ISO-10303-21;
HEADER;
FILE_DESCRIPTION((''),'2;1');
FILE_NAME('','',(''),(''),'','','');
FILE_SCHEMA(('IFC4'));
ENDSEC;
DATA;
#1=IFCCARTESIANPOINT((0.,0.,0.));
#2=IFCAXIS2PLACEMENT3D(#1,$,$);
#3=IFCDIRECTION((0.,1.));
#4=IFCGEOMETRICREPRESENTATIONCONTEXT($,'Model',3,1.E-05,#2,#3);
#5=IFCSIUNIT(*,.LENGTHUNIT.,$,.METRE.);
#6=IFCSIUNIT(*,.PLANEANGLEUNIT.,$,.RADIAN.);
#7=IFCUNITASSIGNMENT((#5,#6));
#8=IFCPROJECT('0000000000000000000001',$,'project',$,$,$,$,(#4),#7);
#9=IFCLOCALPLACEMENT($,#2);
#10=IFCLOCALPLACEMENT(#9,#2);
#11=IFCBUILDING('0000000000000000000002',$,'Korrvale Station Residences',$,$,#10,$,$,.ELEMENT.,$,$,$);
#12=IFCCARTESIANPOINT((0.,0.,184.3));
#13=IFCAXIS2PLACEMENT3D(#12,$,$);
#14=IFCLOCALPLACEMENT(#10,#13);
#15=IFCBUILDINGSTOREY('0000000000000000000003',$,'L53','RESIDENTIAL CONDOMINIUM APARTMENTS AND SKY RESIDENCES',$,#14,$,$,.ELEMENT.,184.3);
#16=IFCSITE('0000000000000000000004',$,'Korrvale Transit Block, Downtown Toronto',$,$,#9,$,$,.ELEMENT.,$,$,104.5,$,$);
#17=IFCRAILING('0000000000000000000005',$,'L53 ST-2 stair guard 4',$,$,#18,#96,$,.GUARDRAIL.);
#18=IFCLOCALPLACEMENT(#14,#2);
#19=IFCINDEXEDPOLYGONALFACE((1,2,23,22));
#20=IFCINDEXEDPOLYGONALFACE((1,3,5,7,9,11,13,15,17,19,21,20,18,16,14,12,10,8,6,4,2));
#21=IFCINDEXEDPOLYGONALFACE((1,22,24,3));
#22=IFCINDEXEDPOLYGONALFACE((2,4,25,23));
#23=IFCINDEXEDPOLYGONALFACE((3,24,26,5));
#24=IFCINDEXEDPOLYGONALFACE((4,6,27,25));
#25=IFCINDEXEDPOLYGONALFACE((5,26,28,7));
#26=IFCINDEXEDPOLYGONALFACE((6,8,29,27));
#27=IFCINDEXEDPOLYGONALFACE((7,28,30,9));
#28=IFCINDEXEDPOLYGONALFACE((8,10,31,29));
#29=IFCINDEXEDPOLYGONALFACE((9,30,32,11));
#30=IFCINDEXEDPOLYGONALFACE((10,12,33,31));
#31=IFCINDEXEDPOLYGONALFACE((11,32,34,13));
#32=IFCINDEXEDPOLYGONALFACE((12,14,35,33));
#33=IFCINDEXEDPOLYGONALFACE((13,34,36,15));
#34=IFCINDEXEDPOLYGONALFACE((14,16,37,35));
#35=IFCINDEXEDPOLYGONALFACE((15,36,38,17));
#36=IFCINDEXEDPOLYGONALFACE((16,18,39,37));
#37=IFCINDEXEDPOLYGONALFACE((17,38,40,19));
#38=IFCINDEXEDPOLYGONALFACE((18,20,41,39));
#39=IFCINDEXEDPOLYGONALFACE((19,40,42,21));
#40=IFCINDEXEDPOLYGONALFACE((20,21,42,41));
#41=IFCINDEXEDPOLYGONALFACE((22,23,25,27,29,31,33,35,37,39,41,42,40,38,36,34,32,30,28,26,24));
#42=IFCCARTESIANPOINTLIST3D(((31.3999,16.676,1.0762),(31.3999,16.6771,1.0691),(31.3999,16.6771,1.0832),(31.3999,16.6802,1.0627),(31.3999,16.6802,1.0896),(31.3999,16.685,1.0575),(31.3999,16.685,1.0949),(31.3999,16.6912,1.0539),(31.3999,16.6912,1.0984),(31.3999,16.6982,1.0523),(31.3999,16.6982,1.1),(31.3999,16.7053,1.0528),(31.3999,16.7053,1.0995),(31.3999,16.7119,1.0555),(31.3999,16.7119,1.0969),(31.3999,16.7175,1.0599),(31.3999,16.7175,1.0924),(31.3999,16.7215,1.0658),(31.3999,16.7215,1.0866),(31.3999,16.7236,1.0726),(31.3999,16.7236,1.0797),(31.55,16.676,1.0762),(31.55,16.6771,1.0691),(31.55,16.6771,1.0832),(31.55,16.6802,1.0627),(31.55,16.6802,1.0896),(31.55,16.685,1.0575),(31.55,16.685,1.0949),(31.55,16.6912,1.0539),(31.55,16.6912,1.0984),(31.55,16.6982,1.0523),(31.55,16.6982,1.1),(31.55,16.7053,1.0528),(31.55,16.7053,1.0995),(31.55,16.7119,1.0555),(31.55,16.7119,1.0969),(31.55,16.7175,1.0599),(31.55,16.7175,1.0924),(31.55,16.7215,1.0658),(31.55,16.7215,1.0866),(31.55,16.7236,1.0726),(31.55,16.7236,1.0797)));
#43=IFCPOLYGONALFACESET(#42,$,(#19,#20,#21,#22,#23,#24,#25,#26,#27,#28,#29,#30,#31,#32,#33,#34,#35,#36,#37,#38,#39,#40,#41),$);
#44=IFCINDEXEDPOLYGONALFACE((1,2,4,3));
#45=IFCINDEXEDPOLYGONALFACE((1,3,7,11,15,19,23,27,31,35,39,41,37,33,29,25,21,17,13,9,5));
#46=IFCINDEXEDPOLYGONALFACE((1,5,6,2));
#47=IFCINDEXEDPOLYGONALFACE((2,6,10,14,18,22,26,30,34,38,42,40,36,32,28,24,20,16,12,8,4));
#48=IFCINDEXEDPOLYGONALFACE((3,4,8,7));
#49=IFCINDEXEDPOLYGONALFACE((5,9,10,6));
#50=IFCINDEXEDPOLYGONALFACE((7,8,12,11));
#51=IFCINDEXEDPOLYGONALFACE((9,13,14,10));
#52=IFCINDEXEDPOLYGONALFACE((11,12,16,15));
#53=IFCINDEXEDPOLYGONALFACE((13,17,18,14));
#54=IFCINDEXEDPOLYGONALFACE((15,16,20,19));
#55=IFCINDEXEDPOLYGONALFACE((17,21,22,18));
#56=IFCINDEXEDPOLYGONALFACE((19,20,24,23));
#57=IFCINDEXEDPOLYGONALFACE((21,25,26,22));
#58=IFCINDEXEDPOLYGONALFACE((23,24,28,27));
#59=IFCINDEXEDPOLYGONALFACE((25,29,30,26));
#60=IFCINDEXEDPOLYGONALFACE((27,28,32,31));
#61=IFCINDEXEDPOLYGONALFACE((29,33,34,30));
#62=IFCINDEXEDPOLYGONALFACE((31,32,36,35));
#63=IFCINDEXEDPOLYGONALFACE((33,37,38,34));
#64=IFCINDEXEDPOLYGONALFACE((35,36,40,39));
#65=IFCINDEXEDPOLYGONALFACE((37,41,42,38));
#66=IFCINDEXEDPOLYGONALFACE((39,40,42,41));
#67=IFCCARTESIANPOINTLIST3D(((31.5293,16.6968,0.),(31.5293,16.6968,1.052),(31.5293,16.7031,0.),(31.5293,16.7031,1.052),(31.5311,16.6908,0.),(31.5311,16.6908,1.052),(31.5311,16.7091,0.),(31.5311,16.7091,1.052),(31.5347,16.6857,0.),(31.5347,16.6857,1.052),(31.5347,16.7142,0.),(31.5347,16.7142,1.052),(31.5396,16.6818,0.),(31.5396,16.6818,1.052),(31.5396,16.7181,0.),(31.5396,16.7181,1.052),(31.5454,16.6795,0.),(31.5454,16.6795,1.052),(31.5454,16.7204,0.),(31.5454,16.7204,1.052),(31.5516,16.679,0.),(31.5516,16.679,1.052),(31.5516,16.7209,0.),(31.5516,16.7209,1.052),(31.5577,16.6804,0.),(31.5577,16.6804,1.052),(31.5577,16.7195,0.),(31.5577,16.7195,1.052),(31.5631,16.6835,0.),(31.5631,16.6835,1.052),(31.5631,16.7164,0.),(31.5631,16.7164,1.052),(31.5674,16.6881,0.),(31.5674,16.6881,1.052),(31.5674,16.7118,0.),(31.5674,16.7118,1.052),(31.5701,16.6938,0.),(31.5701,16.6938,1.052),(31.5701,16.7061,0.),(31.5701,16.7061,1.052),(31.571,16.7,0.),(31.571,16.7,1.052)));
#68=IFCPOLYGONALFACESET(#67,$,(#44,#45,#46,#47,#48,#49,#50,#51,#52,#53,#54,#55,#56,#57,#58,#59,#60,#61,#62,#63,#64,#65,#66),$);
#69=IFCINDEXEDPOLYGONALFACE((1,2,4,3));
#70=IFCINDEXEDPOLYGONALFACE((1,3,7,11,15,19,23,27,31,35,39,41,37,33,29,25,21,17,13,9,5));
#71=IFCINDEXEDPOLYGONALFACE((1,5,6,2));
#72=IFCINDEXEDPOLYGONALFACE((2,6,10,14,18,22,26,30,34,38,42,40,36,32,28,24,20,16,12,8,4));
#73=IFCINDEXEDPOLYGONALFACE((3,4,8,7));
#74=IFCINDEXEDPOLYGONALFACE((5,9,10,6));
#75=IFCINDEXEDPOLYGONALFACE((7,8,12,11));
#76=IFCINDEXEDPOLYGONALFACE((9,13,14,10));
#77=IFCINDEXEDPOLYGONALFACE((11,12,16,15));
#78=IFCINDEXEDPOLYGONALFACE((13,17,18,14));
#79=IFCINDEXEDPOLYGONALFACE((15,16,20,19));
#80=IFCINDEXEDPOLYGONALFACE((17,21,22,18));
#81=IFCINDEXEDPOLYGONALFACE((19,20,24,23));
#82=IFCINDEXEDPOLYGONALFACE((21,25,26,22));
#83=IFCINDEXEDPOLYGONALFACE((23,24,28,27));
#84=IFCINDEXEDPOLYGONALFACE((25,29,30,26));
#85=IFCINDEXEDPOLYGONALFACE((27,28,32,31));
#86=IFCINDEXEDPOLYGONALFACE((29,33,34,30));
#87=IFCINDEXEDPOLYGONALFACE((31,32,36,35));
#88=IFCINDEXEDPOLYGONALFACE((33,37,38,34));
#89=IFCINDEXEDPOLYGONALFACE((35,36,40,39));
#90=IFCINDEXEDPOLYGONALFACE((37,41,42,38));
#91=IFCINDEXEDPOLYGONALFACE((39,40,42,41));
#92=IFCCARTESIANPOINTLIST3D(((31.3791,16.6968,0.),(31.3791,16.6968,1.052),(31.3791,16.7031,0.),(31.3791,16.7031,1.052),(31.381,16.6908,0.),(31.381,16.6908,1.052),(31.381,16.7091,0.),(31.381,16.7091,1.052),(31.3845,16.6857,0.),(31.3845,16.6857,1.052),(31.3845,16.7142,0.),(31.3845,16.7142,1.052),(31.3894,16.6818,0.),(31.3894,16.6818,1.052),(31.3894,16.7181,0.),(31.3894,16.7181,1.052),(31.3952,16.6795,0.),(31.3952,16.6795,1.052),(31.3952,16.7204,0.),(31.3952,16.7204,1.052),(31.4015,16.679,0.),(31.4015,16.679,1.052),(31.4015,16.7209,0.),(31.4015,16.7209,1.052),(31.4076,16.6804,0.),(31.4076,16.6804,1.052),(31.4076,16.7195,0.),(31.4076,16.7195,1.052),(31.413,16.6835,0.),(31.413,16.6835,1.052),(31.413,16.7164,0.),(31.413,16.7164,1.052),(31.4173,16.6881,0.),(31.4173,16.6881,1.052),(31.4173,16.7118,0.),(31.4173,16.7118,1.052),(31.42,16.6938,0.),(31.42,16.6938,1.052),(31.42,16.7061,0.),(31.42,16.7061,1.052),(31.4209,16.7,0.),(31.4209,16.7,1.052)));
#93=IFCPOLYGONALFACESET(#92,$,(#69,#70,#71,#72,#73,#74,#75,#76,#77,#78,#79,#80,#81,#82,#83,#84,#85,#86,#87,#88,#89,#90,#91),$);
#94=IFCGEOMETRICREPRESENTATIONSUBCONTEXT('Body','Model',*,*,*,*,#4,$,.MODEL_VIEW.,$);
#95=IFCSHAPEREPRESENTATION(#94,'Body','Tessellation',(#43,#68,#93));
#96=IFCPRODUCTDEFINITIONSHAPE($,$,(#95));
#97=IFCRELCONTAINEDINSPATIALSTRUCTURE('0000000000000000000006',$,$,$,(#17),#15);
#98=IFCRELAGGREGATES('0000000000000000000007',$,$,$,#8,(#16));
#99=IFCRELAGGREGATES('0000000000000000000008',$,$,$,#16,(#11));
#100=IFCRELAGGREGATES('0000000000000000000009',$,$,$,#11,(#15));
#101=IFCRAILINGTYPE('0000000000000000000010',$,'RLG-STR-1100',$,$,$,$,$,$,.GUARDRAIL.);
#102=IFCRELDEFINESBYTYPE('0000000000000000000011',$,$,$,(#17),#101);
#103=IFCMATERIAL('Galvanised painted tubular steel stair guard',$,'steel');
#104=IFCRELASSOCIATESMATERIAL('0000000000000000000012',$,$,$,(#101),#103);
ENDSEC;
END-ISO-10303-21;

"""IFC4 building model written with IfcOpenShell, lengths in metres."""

from ifc_helpers import new_model, si_unit, direction, frame, origin, origin_2d, place, context, subcontext, project, spatial, circle, extrude, material, type_object, element, save


model = new_model("IFC4")

# Units and contexts
model_context = context("Model", 3, precision=1e-05, world=origin(), true_north=direction((0.0, 1.0)))
body_context = subcontext(model_context, "Body", "Model", "MODEL_VIEW")
ifc_project = project(units=[si_unit("LENGTHUNIT", "METRE"), si_unit("PLANEANGLEUNIT", "RADIAN")], contexts=[model_context])

# Site, building, storey
site_placement = place(None, origin())
site = spatial("IfcSite", under=ifc_project, at=site_placement, Name="Korrvale Transit Block, Downtown Toronto", CompositionType="ELEMENT", RefElevation=104.5)
building_placement = place(site_placement, origin())
building = spatial("IfcBuilding", under=site, at=building_placement, Name="Korrvale Station Residences", CompositionType="ELEMENT")
storey_placement = place(building_placement, frame((0.0, 0.0, 184.3)))
storey = spatial("IfcBuildingStorey", under=building, at=storey_placement, Name="L53", Description="RESIDENTIAL CONDOMINIUM APARTMENTS AND SKY RESIDENCES", CompositionType="ELEMENT", Elevation=184.3)

# Railing
ifc_material_1 = material(Name="Galvanised painted tubular steel stair guard", Category="steel")
railing_type_1 = type_object("IfcRailingType", Name="RLG-STR-1100", PredefinedType="GUARDRAIL", material=ifc_material_1)
railing_1_placement = place(storey_placement, frame((31.55, 16.7, 0.0)))
element("IfcRailing", 1, at=railing_1_placement, inside=storey, type_object=railing_type_1, Name="L53 ST-2 stair guard 4", PredefinedType="GUARDRAIL", context=body_context, shape_type="SweptSolid", body=[
    extrude(circle(Radius=0.0239, at=origin_2d()), frame((0.0, 0.0, 1.0762), z_axis=(-1.0, 0.0, 0.0), x_axis=(0.0, -1.0, 0.0)), (0.0, 0.0, 1.0), 0.1501),
    extrude(circle(Radius=0.021, at=origin_2d()), origin(), (0.0, 0.0, 1.0), 1.052),
    extrude(circle(Radius=0.021, at=origin_2d()), frame((-0.1501, 0.0, 0.0)), (0.0, 0.0, 1.0), 1.052),
])

save(model, "model.ifc")
